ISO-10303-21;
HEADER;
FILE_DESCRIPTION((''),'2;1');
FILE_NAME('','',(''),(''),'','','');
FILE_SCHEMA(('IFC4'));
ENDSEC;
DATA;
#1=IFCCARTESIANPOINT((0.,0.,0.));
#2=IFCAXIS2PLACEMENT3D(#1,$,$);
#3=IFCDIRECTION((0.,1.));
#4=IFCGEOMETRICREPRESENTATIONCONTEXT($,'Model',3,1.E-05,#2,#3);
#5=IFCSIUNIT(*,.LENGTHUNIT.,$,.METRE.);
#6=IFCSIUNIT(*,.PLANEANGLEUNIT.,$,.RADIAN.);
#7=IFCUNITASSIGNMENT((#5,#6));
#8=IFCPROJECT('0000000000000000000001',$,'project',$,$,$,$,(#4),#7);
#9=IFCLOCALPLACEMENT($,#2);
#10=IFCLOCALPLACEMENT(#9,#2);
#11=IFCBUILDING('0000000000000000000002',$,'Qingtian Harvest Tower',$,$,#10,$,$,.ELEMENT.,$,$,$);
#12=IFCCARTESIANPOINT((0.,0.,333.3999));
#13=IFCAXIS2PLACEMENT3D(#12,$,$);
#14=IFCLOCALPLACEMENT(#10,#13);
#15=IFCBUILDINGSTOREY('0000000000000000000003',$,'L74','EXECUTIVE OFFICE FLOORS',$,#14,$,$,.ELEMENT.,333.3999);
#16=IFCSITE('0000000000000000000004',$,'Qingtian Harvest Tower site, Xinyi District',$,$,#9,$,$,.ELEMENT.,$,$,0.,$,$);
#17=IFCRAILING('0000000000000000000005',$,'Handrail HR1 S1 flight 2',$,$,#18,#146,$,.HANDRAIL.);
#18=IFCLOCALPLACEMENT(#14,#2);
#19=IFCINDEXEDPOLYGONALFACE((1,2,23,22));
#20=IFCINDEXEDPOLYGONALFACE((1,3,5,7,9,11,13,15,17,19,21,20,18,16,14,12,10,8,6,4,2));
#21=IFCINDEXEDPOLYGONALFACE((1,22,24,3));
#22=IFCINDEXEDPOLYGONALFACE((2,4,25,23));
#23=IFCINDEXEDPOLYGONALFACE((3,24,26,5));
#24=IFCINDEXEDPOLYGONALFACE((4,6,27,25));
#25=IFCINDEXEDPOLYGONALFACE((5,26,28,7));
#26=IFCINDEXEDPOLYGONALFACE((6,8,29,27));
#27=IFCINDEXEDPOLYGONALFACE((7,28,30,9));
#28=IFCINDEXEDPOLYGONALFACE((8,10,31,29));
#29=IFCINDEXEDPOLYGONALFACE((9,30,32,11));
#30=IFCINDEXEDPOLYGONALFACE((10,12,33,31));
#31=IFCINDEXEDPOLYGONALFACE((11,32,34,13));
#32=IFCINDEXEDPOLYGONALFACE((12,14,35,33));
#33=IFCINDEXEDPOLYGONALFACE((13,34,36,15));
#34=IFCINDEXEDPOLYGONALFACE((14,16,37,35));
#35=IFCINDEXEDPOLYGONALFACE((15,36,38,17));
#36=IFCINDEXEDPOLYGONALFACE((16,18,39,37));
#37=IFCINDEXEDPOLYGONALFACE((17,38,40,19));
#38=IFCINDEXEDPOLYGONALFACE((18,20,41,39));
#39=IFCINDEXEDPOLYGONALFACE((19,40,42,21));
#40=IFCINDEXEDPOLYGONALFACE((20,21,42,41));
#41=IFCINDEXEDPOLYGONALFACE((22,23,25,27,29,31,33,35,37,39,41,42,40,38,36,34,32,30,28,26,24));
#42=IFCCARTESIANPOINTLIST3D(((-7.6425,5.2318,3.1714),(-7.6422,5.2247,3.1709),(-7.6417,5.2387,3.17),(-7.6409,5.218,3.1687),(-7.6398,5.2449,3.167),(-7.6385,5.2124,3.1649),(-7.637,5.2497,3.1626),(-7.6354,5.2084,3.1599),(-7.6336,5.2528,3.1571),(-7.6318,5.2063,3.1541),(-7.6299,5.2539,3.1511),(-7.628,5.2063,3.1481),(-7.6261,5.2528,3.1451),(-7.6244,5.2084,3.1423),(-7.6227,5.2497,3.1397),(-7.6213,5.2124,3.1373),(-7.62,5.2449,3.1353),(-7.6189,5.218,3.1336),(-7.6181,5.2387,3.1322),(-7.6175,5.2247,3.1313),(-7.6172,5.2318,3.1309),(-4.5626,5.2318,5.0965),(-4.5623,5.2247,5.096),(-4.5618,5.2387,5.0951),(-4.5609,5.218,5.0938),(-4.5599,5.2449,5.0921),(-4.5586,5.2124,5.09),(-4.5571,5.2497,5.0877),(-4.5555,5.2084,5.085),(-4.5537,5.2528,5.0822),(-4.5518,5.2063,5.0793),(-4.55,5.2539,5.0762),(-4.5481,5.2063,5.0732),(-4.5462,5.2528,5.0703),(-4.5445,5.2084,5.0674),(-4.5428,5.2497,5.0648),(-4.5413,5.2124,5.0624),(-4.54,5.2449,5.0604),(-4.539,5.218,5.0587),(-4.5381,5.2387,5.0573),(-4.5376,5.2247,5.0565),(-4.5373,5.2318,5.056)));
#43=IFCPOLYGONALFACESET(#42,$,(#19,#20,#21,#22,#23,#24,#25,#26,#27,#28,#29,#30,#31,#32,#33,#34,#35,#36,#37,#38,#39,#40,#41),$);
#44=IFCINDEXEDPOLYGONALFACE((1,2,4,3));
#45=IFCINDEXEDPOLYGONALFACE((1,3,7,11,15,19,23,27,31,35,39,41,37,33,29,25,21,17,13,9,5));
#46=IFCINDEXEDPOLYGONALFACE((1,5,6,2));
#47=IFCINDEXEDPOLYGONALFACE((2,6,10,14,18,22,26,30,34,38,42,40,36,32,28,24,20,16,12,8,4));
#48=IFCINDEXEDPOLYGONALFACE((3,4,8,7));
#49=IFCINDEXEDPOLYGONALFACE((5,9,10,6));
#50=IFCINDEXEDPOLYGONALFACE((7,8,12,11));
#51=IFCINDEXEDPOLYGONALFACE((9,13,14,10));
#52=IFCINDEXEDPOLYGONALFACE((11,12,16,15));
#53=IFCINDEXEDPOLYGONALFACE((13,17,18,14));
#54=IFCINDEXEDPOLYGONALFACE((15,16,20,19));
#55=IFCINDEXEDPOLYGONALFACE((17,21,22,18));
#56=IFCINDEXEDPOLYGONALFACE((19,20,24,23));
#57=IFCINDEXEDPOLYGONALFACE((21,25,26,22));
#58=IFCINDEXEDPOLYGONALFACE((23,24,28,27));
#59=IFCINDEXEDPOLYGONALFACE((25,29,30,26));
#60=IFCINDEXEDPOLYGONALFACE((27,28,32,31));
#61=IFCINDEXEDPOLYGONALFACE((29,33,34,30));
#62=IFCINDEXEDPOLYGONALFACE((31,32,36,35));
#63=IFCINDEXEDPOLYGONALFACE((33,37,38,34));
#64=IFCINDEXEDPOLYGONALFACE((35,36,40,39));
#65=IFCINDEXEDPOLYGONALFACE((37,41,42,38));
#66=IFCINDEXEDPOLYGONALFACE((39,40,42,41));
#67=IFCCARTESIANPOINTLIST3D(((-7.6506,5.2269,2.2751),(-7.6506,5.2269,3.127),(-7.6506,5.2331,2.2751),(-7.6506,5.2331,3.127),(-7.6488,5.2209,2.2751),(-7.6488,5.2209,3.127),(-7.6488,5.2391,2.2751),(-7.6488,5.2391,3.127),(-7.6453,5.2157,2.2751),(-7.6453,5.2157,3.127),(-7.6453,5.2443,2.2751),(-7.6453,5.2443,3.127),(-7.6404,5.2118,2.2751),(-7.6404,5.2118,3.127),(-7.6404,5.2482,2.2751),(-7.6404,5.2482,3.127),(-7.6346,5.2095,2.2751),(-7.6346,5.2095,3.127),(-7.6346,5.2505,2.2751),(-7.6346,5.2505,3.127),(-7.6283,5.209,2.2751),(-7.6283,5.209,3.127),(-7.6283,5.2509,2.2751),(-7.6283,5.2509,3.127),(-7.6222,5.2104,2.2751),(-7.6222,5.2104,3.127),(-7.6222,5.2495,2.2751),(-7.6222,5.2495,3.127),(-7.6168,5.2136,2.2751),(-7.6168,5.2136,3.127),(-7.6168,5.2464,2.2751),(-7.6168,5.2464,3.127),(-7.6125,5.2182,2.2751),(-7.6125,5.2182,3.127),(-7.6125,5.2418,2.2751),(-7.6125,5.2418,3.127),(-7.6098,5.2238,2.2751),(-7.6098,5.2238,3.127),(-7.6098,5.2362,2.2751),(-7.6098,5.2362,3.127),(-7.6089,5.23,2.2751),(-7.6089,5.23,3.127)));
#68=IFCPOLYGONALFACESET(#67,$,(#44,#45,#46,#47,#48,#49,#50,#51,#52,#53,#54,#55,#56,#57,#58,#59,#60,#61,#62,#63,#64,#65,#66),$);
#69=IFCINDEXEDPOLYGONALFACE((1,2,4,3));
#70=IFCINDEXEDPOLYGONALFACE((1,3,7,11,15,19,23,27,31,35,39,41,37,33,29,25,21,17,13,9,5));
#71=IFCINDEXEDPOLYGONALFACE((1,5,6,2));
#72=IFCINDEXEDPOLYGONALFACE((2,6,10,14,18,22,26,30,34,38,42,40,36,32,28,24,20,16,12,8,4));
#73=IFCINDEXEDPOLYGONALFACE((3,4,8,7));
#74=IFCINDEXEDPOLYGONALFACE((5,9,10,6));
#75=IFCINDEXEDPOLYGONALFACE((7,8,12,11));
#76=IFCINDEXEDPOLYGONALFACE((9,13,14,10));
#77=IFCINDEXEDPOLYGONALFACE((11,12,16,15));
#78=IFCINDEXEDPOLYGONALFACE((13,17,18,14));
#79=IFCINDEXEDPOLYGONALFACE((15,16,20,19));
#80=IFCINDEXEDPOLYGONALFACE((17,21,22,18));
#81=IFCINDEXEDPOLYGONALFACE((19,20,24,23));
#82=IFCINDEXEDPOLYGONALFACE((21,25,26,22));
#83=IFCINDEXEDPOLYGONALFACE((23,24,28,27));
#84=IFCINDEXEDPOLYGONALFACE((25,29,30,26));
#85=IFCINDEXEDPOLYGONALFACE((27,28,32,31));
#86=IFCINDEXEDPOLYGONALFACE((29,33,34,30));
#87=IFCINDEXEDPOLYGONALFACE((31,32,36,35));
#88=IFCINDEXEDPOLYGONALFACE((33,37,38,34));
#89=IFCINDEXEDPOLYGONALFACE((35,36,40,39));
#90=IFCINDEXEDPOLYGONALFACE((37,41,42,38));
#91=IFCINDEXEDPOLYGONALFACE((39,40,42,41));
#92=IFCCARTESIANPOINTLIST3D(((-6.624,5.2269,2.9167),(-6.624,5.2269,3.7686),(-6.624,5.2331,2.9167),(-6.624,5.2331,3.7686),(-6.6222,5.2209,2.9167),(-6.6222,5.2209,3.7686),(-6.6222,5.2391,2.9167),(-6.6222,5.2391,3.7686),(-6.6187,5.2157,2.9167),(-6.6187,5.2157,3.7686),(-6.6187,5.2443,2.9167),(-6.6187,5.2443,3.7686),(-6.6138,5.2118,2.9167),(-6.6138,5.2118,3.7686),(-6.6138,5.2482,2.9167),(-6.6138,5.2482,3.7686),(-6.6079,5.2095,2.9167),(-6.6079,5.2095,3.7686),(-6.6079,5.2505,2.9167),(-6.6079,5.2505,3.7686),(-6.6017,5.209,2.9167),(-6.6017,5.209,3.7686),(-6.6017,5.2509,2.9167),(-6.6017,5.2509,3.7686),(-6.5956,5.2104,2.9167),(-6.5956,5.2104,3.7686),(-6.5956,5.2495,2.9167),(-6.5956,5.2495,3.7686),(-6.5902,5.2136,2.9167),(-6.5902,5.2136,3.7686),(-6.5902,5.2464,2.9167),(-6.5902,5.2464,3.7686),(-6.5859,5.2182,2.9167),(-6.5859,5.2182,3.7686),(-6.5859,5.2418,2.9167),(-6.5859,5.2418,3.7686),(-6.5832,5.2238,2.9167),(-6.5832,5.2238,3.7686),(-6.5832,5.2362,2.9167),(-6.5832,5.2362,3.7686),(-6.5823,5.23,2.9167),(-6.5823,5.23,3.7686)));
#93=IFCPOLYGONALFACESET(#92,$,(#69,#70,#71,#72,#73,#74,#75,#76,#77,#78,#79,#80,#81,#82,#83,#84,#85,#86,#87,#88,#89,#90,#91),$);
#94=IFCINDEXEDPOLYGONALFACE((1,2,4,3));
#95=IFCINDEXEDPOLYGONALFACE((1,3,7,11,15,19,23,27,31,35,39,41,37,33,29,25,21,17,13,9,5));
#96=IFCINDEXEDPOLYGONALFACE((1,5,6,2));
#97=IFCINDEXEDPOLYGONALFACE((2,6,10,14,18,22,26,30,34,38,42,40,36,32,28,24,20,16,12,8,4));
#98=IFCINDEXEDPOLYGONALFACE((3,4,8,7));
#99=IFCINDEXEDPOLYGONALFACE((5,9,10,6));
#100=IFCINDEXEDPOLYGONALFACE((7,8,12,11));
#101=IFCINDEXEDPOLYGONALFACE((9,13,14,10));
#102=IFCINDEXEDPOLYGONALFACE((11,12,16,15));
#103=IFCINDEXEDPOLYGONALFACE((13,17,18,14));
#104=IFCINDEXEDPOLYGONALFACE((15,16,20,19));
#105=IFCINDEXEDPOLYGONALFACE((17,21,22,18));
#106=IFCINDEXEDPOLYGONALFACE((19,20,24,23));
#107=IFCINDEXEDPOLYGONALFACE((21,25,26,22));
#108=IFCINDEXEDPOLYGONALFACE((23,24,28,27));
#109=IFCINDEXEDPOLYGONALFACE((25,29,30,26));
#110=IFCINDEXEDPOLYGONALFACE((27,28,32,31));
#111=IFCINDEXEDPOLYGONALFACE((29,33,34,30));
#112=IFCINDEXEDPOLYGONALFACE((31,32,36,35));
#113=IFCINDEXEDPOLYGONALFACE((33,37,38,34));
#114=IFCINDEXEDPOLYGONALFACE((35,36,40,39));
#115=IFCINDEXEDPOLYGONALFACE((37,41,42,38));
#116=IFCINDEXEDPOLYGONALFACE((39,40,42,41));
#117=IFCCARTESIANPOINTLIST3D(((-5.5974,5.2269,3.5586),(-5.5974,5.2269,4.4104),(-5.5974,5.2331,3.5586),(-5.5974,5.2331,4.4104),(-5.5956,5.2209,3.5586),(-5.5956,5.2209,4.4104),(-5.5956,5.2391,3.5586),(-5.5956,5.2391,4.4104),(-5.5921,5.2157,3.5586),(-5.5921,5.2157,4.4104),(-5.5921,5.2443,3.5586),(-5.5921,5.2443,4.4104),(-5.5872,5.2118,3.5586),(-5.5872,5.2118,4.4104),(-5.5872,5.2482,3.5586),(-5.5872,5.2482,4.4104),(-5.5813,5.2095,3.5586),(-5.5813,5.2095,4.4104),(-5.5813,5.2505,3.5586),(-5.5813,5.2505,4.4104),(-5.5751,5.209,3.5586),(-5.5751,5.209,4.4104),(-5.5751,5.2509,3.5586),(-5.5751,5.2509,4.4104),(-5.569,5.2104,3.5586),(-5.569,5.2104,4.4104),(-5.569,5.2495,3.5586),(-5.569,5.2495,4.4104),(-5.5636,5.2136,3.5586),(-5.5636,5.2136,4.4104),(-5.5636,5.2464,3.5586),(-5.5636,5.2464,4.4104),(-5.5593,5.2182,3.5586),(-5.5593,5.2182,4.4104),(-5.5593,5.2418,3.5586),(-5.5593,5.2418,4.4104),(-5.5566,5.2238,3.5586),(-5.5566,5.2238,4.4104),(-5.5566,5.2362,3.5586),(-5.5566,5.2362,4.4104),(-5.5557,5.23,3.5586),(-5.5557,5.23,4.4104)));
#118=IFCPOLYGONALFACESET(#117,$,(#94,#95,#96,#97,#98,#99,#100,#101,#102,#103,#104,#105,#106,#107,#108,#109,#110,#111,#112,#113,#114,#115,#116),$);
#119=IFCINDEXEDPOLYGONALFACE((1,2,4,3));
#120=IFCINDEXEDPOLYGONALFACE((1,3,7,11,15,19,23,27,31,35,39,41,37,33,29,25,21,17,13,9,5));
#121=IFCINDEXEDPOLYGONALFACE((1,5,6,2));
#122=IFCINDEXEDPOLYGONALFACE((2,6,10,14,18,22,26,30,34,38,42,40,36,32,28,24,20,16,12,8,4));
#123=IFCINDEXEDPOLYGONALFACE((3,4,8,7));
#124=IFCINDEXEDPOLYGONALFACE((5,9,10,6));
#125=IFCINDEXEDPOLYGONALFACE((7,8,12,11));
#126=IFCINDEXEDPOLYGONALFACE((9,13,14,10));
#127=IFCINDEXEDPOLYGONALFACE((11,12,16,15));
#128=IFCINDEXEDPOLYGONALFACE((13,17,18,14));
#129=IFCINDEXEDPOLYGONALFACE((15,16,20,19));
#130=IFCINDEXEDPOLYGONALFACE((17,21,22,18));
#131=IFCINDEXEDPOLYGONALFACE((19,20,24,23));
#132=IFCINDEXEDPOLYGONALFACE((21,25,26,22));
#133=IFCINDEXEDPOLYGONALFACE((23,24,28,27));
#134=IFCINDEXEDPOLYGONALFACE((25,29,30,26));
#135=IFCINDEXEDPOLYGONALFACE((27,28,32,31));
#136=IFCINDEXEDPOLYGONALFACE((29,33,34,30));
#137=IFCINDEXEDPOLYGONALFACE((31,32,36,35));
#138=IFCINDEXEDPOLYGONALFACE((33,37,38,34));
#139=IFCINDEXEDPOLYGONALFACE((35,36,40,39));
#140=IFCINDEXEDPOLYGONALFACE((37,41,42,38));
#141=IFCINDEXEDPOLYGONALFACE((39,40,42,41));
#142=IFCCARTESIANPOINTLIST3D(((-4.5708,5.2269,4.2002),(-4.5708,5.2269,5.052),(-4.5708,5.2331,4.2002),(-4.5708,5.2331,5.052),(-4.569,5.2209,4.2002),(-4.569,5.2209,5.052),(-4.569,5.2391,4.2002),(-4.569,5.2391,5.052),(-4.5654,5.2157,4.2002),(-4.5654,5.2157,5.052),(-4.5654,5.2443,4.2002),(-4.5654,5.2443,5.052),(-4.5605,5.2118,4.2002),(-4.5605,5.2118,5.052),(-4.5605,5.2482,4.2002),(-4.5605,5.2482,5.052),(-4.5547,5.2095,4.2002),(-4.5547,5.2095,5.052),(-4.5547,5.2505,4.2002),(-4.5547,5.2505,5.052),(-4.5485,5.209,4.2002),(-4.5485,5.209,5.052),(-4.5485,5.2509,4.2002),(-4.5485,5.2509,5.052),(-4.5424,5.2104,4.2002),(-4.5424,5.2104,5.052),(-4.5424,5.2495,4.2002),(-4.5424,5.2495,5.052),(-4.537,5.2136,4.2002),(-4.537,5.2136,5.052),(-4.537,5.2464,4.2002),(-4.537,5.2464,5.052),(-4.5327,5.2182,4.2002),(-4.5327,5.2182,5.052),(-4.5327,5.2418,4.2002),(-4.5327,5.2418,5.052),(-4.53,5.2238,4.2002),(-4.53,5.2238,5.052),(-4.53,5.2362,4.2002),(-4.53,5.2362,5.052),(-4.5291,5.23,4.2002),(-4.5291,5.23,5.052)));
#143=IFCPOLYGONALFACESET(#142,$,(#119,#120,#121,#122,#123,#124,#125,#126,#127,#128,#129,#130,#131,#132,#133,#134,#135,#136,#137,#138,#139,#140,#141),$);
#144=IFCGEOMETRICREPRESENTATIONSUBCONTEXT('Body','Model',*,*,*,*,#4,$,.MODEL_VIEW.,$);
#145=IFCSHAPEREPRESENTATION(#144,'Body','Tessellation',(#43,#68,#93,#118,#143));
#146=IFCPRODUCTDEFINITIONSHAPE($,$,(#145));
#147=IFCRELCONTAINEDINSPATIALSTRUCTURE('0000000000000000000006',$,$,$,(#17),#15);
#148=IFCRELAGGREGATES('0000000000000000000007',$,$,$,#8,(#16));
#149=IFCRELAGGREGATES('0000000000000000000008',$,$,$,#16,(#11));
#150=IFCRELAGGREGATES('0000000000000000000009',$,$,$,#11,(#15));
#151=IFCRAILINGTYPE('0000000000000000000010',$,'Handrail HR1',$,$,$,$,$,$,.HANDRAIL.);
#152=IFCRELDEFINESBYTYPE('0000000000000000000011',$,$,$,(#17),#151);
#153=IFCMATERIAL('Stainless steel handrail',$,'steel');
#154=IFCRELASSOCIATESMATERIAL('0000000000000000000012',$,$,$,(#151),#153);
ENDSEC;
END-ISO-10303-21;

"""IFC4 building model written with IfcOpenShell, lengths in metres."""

from ifc_helpers import new_model, si_unit, direction, frame, origin, origin_2d, place, context, subcontext, project, spatial, circle, extrude, material, type_object, element, save


model = new_model("IFC4")

# Units and contexts
model_context = context("Model", 3, precision=1e-05, world=origin(), true_north=direction((0.0, 1.0)))
body_context = subcontext(model_context, "Body", "Model", "MODEL_VIEW")
ifc_project = project(units=[si_unit("LENGTHUNIT", "METRE"), si_unit("PLANEANGLEUNIT", "RADIAN")], contexts=[model_context])

# Site, building, storey
site_placement = place(None, origin())
site = spatial("IfcSite", under=ifc_project, at=site_placement, Name="Qingtian Harvest Tower site, Xinyi District", CompositionType="ELEMENT", RefElevation=0.0)
building_placement = place(site_placement, origin())
building = spatial("IfcBuilding", under=site, at=building_placement, Name="Qingtian Harvest Tower", CompositionType="ELEMENT")
storey_placement = place(building_placement, frame((0.0, 0.0, 333.3999)))
storey = spatial("IfcBuildingStorey", under=building, at=storey_placement, Name="L74", Description="EXECUTIVE OFFICE FLOORS", CompositionType="ELEMENT", Elevation=333.3999)

# Railing
ifc_material_1 = material(Name="Stainless steel handrail", Category="steel")
railing_type = type_object("IfcRailingType", Name="Handrail HR1", PredefinedType="HANDRAIL", material=ifc_material_1)
railing_1_placement = place(storey_placement, frame((-7.6299, 5.23, 2.2751)))
element("IfcRailing", 1, at=railing_1_placement, inside=storey, type_object=railing_type, Name="Handrail HR1 S1 flight 2", PredefinedType="HANDRAIL", context=body_context, shape_type="SweptSolid", body=[
    extrude(circle(Radius=0.0239, at=origin_2d()), frame((0.0, 0.0, 0.876), z_axis=(0.847979, 0.0, 0.530029), x_axis=(0.0, 1.0, 0.0)), (0.0, 0.0, 1.0), 3.6321),
    extrude(circle(Radius=0.021, at=origin_2d()), origin(), (0.0, 0.0, 1.0), 0.8518),
    extrude(circle(Radius=0.021, at=origin_2d()), frame((1.0266, 0.0, 0.6416)), (0.0, 0.0, 1.0), 0.8518),
    extrude(circle(Radius=0.021, at=origin_2d()), frame((2.0532, 0.0, 1.2834)), (0.0, 0.0, 1.0), 0.8518),
    extrude(circle(Radius=0.021, at=origin_2d()), frame((3.0798, 0.0, 1.925)), (0.0, 0.0, 1.0), 0.8518),
])

save(model, "model.ifc")
